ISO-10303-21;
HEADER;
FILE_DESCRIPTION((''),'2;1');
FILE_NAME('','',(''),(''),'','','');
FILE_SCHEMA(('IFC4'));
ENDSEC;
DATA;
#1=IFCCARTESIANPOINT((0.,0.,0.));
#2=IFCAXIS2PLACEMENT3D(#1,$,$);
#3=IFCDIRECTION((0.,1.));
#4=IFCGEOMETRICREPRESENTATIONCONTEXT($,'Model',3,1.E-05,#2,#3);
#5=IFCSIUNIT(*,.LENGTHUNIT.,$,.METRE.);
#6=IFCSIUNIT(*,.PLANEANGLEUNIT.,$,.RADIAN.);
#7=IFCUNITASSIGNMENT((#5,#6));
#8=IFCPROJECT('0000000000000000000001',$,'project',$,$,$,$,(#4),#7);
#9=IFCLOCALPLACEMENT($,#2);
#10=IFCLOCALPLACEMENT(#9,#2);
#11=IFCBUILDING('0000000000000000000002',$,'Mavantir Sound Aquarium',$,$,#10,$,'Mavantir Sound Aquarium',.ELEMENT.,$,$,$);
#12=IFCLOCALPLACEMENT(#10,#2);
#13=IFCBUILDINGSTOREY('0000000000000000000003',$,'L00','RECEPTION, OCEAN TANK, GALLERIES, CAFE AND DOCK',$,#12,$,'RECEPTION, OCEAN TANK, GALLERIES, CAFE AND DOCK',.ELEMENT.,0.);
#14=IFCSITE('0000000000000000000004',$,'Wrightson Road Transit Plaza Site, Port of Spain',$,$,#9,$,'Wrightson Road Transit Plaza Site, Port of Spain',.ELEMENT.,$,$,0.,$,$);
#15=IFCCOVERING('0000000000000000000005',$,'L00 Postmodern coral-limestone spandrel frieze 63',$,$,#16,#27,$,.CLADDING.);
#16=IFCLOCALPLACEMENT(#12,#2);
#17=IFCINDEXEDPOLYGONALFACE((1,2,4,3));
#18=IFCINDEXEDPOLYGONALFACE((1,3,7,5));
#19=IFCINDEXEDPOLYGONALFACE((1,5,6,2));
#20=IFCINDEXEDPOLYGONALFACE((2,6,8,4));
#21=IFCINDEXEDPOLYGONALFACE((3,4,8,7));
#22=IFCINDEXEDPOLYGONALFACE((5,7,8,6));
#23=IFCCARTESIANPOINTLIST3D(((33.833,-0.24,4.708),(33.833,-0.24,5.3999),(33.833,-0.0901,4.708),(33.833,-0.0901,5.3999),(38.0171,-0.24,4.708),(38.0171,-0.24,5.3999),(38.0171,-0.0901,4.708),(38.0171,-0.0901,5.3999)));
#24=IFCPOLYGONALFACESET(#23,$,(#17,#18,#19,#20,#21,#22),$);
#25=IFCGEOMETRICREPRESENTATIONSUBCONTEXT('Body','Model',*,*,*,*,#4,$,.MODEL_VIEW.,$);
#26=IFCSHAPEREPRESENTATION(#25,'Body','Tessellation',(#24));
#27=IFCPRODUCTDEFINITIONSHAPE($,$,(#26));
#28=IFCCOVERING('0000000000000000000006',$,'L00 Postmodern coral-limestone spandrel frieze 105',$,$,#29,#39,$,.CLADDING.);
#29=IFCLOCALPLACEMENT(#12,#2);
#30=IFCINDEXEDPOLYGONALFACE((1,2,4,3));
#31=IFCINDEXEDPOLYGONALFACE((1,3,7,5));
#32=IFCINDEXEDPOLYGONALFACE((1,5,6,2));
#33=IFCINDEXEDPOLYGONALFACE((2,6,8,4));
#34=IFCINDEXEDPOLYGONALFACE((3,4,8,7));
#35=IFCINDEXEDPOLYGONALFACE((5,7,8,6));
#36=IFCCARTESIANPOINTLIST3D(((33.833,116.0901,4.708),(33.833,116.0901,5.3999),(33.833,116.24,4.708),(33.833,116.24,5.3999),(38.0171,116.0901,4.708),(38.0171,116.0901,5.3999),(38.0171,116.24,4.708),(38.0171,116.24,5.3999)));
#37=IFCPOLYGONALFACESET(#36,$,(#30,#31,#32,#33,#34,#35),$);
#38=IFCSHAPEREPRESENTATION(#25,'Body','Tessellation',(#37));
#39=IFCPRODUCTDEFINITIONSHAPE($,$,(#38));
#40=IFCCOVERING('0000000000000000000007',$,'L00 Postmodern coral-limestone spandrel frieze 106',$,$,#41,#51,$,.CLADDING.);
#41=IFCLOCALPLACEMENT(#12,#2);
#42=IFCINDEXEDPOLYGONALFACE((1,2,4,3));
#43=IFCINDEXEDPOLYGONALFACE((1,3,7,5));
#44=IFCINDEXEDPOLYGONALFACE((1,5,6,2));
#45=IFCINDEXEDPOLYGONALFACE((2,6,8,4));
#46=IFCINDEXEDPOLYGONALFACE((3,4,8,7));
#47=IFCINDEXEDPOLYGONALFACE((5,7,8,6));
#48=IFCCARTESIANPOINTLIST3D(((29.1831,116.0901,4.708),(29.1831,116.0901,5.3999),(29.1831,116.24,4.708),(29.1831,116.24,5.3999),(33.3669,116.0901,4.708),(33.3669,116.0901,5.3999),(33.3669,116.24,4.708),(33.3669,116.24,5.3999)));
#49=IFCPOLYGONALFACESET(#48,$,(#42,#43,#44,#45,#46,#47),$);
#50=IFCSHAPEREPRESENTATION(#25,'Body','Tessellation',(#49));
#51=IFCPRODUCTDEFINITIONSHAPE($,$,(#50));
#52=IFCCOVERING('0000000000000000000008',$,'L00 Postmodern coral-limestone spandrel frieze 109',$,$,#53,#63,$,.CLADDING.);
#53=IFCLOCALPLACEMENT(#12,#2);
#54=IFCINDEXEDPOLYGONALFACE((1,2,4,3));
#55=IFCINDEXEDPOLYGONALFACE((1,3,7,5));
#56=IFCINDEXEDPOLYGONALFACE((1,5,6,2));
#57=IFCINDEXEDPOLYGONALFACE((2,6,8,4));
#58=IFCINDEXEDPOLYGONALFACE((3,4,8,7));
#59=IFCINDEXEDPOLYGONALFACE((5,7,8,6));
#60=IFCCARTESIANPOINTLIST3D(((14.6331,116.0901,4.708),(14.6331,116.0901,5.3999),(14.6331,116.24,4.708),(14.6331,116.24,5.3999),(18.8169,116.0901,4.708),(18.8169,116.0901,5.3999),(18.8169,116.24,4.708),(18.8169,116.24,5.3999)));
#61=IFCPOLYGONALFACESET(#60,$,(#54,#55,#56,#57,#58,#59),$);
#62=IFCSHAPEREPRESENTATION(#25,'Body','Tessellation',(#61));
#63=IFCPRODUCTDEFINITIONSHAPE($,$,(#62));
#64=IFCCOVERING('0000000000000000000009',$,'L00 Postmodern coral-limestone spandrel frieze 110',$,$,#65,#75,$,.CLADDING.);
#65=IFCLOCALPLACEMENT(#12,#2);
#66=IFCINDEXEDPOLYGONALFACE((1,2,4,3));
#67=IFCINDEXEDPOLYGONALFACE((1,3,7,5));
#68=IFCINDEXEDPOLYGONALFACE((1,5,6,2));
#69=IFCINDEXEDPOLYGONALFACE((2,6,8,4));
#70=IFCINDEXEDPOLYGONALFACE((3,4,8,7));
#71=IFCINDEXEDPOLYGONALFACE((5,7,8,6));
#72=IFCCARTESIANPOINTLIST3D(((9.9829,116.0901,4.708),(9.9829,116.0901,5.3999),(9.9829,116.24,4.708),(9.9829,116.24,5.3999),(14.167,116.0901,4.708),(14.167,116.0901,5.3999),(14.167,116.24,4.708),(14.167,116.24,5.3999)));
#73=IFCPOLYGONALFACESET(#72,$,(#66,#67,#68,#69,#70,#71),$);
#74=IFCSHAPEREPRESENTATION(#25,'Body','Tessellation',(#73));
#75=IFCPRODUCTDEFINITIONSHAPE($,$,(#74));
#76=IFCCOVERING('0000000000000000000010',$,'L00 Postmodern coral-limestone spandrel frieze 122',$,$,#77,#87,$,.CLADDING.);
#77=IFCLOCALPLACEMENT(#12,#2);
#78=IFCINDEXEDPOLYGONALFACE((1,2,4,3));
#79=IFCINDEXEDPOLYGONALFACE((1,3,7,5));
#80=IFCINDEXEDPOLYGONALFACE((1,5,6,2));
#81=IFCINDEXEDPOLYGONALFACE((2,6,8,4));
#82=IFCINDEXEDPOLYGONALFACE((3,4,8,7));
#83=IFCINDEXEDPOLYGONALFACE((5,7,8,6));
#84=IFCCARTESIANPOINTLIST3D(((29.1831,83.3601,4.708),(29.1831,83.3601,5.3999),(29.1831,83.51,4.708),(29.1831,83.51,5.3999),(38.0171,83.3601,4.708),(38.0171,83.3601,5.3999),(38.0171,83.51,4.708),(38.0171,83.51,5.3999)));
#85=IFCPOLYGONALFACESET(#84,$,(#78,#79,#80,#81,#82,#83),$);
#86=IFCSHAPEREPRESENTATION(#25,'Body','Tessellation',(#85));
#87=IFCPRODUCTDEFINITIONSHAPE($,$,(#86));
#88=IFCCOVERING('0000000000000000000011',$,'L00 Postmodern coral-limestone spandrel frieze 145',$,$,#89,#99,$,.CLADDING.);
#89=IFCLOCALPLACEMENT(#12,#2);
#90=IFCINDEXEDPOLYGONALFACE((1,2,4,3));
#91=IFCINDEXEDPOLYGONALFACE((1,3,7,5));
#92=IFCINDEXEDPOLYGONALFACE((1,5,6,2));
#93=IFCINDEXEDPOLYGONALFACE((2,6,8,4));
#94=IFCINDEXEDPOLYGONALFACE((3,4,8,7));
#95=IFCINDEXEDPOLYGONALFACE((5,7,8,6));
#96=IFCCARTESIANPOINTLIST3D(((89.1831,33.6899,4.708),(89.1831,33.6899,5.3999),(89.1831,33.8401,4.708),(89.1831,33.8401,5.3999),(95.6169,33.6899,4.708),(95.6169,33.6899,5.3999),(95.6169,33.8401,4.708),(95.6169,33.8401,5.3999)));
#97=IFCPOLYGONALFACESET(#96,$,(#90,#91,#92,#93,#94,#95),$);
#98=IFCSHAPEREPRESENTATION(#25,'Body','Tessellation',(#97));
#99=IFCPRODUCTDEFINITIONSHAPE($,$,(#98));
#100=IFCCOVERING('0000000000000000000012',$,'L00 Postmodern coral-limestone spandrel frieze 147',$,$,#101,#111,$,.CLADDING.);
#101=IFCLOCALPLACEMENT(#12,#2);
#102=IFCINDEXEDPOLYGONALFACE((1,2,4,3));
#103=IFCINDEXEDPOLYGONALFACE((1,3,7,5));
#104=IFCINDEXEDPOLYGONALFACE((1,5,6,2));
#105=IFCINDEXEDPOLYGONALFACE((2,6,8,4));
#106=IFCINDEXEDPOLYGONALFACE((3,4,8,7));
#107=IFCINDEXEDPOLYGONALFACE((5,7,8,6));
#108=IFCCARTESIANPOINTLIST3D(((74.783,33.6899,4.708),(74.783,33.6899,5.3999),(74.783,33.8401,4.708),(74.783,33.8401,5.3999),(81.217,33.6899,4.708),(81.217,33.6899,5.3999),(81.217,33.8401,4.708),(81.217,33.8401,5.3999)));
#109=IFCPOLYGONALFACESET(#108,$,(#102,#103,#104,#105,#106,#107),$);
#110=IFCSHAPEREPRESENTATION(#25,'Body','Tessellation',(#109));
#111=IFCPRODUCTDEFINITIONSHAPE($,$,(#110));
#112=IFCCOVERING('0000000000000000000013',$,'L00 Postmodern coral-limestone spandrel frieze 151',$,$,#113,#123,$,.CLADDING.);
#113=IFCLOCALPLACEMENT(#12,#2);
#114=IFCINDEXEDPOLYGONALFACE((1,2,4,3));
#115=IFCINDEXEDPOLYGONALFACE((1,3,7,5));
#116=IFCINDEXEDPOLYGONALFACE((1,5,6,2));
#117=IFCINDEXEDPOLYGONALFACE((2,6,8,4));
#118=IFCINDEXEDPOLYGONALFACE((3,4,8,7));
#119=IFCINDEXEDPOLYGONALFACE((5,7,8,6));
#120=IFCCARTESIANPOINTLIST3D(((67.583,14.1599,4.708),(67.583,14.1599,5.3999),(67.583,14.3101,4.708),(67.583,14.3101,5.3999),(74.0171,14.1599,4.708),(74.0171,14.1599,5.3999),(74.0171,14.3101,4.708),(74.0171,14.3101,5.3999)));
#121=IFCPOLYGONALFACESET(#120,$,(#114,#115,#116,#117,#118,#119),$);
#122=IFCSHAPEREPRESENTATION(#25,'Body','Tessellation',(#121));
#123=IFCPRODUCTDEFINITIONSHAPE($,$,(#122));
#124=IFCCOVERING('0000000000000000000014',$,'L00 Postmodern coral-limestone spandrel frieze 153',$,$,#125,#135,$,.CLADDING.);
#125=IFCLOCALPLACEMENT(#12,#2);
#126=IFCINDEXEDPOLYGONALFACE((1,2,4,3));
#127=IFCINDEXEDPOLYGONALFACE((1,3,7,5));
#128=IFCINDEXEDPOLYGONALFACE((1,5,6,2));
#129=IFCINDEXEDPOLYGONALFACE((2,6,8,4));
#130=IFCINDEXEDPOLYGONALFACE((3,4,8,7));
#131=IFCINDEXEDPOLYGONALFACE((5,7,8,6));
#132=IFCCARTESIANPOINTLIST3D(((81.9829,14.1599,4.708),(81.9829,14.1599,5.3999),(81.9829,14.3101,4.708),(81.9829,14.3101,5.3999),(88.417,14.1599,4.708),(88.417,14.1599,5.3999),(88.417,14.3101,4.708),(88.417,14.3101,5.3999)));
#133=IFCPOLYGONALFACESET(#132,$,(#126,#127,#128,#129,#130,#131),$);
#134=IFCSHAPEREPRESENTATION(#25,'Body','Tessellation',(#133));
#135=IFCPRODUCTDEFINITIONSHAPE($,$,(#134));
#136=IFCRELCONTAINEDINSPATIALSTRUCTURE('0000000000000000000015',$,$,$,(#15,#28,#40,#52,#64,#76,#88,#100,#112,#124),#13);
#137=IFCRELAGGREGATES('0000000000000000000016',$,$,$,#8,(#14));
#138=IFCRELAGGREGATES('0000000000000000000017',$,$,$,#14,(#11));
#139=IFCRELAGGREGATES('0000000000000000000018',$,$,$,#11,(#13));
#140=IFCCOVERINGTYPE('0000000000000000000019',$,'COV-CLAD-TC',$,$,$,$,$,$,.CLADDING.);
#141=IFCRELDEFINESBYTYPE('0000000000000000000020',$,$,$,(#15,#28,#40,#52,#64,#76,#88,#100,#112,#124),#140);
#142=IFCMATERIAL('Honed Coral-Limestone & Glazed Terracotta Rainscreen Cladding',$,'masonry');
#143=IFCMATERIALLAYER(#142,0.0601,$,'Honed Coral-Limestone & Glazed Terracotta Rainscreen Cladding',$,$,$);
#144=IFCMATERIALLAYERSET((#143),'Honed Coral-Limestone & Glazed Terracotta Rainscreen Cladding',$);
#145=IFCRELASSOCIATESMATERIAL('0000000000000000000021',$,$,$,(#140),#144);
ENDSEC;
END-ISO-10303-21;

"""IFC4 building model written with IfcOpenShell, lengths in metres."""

from ifc_helpers import new_model, si_unit, direction, frame, origin, place, context, subcontext, project, spatial, polyline, outline, extrude, material, layer, layer_set, type_object, element, save


model = new_model("IFC4")

# Units and contexts
model_context = context("Model", 3, precision=1e-05, world=origin(), true_north=direction((0.0, 1.0)))
body_context = subcontext(model_context, "Body", "Model", "MODEL_VIEW")
ifc_project = project(units=[si_unit("LENGTHUNIT", "METRE"), si_unit("PLANEANGLEUNIT", "RADIAN")], contexts=[model_context])

# Site, building, storey
site_placement = place(None, origin())
site = spatial("IfcSite", under=ifc_project, at=site_placement, Name="Wrightson Road Transit Plaza Site, Port of Spain", LongName="Wrightson Road Transit Plaza Site, Port of Spain", CompositionType="ELEMENT", RefElevation=0.0)
building_placement = place(site_placement, origin())
building = spatial("IfcBuilding", under=site, at=building_placement, Name="Mavantir Sound Aquarium", LongName="Mavantir Sound Aquarium", CompositionType="ELEMENT")
storey_placement = place(building_placement, origin())
storey = spatial("IfcBuildingStorey", under=building, at=storey_placement, Name="L00", Description="RECEPTION, OCEAN TANK, GALLERIES, CAFE AND DOCK", LongName="RECEPTION, OCEAN TANK, GALLERIES, CAFE AND DOCK", CompositionType="ELEMENT", Elevation=0.0)

# Coverings
ifc_material = material(Name="Honed Coral-Limestone & Glazed Terracotta Rainscreen Cladding", Category="masonry")
ifc_layer = layer(ifc_material, 0.0601, Name="Honed Coral-Limestone & Glazed Terracotta Rainscreen Cladding")
ifc_layer_set = layer_set([ifc_layer], Name="Honed Coral-Limestone & Glazed Terracotta Rainscreen Cladding")
covering_type = type_object("IfcCoveringType", Name="COV-CLAD-TC", PredefinedType="CLADDING", material=ifc_layer_set)
covering_1_placement = place(storey_placement, frame((0.0, 0.0, 4.708)))
element("IfcCovering", 1, at=covering_1_placement, inside=storey, type_object=covering_type, Name="L00 Postmodern coral-limestone spandrel frieze 63", PredefinedType="CLADDING", context=body_context, shape_type="SweptSolid", body=[
    extrude(outline(polyline([(33.833, -0.0901), (38.0171, -0.0901), (38.0171, -0.24), (33.833, -0.24), (33.833, -0.0901)])), origin(), (0.0, 0.0, 1.0), 0.6919),
])
covering_2_placement = place(storey_placement, frame((0.0, 0.0, 4.708)))
element("IfcCovering", 2, at=covering_2_placement, inside=storey, type_object=covering_type, Name="L00 Postmodern coral-limestone spandrel frieze 105", PredefinedType="CLADDING", context=body_context, shape_type="SweptSolid", body=[
    extrude(outline(polyline([(38.0171, 116.0901), (33.833, 116.0901), (33.833, 116.24), (38.0171, 116.24), (38.0171, 116.0901)])), origin(), (0.0, 0.0, 1.0), 0.6919),
])
covering_3_placement = place(storey_placement, frame((0.0, 0.0, 4.708)))
element("IfcCovering", 3, at=covering_3_placement, inside=storey, type_object=covering_type, Name="L00 Postmodern coral-limestone spandrel frieze 106", PredefinedType="CLADDING", context=body_context, shape_type="SweptSolid", body=[
    extrude(outline(polyline([(33.3669, 116.0901), (29.1831, 116.0901), (29.1831, 116.24), (33.3669, 116.24), (33.3669, 116.0901)])), origin(), (0.0, 0.0, 1.0), 0.6919),
])
covering_4_placement = place(storey_placement, frame((0.0, 0.0, 4.708)))
element("IfcCovering", 4, at=covering_4_placement, inside=storey, type_object=covering_type, Name="L00 Postmodern coral-limestone spandrel frieze 109", PredefinedType="CLADDING", context=body_context, shape_type="SweptSolid", body=[
    extrude(outline(polyline([(18.8169, 116.0901), (14.6331, 116.0901), (14.6331, 116.24), (18.8169, 116.24), (18.8169, 116.0901)])), origin(), (0.0, 0.0, 1.0), 0.6919),
])
covering_5_placement = place(storey_placement, frame((0.0, 0.0, 4.708)))
element("IfcCovering", 5, at=covering_5_placement, inside=storey, type_object=covering_type, Name="L00 Postmodern coral-limestone spandrel frieze 110", PredefinedType="CLADDING", context=body_context, shape_type="SweptSolid", body=[
    extrude(outline(polyline([(14.167, 116.0901), (9.9829, 116.0901), (9.9829, 116.24), (14.167, 116.24), (14.167, 116.0901)])), origin(), (0.0, 0.0, 1.0), 0.6919),
])
covering_6_placement = place(storey_placement, frame((0.0, 0.0, 4.708)))
element("IfcCovering", 6, at=covering_6_placement, inside=storey, type_object=covering_type, Name="L00 Postmodern coral-limestone spandrel frieze 122", PredefinedType="CLADDING", context=body_context, shape_type="SweptSolid", body=[
    extrude(outline(polyline([(29.1831, 83.51), (38.0171, 83.51), (38.0171, 83.3601), (29.1831, 83.3601), (29.1831, 83.51)])), origin(), (0.0, 0.0, 1.0), 0.6919),
])
covering_7_placement = place(storey_placement, frame((0.0, 0.0, 4.708)))
element("IfcCovering", 7, at=covering_7_placement, inside=storey, type_object=covering_type, Name="L00 Postmodern coral-limestone spandrel frieze 145", PredefinedType="CLADDING", context=body_context, shape_type="SweptSolid", body=[
    extrude(outline(polyline([(95.6169, 33.6899), (89.1831, 33.6899), (89.1831, 33.8401), (95.6169, 33.8401), (95.6169, 33.6899)])), origin(), (0.0, 0.0, 1.0), 0.6919),
])
covering_8_placement = place(storey_placement, frame((0.0, 0.0, 4.708)))
element("IfcCovering", 8, at=covering_8_placement, inside=storey, type_object=covering_type, Name="L00 Postmodern coral-limestone spandrel frieze 147", PredefinedType="CLADDING", context=body_context, shape_type="SweptSolid", body=[
    extrude(outline(polyline([(81.217, 33.6899), (74.783, 33.6899), (74.783, 33.8401), (81.217, 33.8401), (81.217, 33.6899)])), origin(), (0.0, 0.0, 1.0), 0.6919),
])
covering_9_placement = place(storey_placement, frame((0.0, 0.0, 4.708)))
element("IfcCovering", 9, at=covering_9_placement, inside=storey, type_object=covering_type, Name="L00 Postmodern coral-limestone spandrel frieze 151", PredefinedType="CLADDING", context=body_context, shape_type="SweptSolid", body=[
    extrude(outline(polyline([(67.583, 14.3101), (74.0171, 14.3101), (74.0171, 14.1599), (67.583, 14.1599), (67.583, 14.3101)])), origin(), (0.0, 0.0, 1.0), 0.6919),
])
covering_10_placement = place(storey_placement, frame((0.0, 0.0, 4.708)))
element("IfcCovering", 10, at=covering_10_placement, inside=storey, type_object=covering_type, Name="L00 Postmodern coral-limestone spandrel frieze 153", PredefinedType="CLADDING", context=body_context, shape_type="SweptSolid", body=[
    extrude(outline(polyline([(81.9829, 14.3101), (88.417, 14.3101), (88.417, 14.1599), (81.9829, 14.1599), (81.9829, 14.3101)])), origin(), (0.0, 0.0, 1.0), 0.6919),
])

save(model, "model.ifc")
